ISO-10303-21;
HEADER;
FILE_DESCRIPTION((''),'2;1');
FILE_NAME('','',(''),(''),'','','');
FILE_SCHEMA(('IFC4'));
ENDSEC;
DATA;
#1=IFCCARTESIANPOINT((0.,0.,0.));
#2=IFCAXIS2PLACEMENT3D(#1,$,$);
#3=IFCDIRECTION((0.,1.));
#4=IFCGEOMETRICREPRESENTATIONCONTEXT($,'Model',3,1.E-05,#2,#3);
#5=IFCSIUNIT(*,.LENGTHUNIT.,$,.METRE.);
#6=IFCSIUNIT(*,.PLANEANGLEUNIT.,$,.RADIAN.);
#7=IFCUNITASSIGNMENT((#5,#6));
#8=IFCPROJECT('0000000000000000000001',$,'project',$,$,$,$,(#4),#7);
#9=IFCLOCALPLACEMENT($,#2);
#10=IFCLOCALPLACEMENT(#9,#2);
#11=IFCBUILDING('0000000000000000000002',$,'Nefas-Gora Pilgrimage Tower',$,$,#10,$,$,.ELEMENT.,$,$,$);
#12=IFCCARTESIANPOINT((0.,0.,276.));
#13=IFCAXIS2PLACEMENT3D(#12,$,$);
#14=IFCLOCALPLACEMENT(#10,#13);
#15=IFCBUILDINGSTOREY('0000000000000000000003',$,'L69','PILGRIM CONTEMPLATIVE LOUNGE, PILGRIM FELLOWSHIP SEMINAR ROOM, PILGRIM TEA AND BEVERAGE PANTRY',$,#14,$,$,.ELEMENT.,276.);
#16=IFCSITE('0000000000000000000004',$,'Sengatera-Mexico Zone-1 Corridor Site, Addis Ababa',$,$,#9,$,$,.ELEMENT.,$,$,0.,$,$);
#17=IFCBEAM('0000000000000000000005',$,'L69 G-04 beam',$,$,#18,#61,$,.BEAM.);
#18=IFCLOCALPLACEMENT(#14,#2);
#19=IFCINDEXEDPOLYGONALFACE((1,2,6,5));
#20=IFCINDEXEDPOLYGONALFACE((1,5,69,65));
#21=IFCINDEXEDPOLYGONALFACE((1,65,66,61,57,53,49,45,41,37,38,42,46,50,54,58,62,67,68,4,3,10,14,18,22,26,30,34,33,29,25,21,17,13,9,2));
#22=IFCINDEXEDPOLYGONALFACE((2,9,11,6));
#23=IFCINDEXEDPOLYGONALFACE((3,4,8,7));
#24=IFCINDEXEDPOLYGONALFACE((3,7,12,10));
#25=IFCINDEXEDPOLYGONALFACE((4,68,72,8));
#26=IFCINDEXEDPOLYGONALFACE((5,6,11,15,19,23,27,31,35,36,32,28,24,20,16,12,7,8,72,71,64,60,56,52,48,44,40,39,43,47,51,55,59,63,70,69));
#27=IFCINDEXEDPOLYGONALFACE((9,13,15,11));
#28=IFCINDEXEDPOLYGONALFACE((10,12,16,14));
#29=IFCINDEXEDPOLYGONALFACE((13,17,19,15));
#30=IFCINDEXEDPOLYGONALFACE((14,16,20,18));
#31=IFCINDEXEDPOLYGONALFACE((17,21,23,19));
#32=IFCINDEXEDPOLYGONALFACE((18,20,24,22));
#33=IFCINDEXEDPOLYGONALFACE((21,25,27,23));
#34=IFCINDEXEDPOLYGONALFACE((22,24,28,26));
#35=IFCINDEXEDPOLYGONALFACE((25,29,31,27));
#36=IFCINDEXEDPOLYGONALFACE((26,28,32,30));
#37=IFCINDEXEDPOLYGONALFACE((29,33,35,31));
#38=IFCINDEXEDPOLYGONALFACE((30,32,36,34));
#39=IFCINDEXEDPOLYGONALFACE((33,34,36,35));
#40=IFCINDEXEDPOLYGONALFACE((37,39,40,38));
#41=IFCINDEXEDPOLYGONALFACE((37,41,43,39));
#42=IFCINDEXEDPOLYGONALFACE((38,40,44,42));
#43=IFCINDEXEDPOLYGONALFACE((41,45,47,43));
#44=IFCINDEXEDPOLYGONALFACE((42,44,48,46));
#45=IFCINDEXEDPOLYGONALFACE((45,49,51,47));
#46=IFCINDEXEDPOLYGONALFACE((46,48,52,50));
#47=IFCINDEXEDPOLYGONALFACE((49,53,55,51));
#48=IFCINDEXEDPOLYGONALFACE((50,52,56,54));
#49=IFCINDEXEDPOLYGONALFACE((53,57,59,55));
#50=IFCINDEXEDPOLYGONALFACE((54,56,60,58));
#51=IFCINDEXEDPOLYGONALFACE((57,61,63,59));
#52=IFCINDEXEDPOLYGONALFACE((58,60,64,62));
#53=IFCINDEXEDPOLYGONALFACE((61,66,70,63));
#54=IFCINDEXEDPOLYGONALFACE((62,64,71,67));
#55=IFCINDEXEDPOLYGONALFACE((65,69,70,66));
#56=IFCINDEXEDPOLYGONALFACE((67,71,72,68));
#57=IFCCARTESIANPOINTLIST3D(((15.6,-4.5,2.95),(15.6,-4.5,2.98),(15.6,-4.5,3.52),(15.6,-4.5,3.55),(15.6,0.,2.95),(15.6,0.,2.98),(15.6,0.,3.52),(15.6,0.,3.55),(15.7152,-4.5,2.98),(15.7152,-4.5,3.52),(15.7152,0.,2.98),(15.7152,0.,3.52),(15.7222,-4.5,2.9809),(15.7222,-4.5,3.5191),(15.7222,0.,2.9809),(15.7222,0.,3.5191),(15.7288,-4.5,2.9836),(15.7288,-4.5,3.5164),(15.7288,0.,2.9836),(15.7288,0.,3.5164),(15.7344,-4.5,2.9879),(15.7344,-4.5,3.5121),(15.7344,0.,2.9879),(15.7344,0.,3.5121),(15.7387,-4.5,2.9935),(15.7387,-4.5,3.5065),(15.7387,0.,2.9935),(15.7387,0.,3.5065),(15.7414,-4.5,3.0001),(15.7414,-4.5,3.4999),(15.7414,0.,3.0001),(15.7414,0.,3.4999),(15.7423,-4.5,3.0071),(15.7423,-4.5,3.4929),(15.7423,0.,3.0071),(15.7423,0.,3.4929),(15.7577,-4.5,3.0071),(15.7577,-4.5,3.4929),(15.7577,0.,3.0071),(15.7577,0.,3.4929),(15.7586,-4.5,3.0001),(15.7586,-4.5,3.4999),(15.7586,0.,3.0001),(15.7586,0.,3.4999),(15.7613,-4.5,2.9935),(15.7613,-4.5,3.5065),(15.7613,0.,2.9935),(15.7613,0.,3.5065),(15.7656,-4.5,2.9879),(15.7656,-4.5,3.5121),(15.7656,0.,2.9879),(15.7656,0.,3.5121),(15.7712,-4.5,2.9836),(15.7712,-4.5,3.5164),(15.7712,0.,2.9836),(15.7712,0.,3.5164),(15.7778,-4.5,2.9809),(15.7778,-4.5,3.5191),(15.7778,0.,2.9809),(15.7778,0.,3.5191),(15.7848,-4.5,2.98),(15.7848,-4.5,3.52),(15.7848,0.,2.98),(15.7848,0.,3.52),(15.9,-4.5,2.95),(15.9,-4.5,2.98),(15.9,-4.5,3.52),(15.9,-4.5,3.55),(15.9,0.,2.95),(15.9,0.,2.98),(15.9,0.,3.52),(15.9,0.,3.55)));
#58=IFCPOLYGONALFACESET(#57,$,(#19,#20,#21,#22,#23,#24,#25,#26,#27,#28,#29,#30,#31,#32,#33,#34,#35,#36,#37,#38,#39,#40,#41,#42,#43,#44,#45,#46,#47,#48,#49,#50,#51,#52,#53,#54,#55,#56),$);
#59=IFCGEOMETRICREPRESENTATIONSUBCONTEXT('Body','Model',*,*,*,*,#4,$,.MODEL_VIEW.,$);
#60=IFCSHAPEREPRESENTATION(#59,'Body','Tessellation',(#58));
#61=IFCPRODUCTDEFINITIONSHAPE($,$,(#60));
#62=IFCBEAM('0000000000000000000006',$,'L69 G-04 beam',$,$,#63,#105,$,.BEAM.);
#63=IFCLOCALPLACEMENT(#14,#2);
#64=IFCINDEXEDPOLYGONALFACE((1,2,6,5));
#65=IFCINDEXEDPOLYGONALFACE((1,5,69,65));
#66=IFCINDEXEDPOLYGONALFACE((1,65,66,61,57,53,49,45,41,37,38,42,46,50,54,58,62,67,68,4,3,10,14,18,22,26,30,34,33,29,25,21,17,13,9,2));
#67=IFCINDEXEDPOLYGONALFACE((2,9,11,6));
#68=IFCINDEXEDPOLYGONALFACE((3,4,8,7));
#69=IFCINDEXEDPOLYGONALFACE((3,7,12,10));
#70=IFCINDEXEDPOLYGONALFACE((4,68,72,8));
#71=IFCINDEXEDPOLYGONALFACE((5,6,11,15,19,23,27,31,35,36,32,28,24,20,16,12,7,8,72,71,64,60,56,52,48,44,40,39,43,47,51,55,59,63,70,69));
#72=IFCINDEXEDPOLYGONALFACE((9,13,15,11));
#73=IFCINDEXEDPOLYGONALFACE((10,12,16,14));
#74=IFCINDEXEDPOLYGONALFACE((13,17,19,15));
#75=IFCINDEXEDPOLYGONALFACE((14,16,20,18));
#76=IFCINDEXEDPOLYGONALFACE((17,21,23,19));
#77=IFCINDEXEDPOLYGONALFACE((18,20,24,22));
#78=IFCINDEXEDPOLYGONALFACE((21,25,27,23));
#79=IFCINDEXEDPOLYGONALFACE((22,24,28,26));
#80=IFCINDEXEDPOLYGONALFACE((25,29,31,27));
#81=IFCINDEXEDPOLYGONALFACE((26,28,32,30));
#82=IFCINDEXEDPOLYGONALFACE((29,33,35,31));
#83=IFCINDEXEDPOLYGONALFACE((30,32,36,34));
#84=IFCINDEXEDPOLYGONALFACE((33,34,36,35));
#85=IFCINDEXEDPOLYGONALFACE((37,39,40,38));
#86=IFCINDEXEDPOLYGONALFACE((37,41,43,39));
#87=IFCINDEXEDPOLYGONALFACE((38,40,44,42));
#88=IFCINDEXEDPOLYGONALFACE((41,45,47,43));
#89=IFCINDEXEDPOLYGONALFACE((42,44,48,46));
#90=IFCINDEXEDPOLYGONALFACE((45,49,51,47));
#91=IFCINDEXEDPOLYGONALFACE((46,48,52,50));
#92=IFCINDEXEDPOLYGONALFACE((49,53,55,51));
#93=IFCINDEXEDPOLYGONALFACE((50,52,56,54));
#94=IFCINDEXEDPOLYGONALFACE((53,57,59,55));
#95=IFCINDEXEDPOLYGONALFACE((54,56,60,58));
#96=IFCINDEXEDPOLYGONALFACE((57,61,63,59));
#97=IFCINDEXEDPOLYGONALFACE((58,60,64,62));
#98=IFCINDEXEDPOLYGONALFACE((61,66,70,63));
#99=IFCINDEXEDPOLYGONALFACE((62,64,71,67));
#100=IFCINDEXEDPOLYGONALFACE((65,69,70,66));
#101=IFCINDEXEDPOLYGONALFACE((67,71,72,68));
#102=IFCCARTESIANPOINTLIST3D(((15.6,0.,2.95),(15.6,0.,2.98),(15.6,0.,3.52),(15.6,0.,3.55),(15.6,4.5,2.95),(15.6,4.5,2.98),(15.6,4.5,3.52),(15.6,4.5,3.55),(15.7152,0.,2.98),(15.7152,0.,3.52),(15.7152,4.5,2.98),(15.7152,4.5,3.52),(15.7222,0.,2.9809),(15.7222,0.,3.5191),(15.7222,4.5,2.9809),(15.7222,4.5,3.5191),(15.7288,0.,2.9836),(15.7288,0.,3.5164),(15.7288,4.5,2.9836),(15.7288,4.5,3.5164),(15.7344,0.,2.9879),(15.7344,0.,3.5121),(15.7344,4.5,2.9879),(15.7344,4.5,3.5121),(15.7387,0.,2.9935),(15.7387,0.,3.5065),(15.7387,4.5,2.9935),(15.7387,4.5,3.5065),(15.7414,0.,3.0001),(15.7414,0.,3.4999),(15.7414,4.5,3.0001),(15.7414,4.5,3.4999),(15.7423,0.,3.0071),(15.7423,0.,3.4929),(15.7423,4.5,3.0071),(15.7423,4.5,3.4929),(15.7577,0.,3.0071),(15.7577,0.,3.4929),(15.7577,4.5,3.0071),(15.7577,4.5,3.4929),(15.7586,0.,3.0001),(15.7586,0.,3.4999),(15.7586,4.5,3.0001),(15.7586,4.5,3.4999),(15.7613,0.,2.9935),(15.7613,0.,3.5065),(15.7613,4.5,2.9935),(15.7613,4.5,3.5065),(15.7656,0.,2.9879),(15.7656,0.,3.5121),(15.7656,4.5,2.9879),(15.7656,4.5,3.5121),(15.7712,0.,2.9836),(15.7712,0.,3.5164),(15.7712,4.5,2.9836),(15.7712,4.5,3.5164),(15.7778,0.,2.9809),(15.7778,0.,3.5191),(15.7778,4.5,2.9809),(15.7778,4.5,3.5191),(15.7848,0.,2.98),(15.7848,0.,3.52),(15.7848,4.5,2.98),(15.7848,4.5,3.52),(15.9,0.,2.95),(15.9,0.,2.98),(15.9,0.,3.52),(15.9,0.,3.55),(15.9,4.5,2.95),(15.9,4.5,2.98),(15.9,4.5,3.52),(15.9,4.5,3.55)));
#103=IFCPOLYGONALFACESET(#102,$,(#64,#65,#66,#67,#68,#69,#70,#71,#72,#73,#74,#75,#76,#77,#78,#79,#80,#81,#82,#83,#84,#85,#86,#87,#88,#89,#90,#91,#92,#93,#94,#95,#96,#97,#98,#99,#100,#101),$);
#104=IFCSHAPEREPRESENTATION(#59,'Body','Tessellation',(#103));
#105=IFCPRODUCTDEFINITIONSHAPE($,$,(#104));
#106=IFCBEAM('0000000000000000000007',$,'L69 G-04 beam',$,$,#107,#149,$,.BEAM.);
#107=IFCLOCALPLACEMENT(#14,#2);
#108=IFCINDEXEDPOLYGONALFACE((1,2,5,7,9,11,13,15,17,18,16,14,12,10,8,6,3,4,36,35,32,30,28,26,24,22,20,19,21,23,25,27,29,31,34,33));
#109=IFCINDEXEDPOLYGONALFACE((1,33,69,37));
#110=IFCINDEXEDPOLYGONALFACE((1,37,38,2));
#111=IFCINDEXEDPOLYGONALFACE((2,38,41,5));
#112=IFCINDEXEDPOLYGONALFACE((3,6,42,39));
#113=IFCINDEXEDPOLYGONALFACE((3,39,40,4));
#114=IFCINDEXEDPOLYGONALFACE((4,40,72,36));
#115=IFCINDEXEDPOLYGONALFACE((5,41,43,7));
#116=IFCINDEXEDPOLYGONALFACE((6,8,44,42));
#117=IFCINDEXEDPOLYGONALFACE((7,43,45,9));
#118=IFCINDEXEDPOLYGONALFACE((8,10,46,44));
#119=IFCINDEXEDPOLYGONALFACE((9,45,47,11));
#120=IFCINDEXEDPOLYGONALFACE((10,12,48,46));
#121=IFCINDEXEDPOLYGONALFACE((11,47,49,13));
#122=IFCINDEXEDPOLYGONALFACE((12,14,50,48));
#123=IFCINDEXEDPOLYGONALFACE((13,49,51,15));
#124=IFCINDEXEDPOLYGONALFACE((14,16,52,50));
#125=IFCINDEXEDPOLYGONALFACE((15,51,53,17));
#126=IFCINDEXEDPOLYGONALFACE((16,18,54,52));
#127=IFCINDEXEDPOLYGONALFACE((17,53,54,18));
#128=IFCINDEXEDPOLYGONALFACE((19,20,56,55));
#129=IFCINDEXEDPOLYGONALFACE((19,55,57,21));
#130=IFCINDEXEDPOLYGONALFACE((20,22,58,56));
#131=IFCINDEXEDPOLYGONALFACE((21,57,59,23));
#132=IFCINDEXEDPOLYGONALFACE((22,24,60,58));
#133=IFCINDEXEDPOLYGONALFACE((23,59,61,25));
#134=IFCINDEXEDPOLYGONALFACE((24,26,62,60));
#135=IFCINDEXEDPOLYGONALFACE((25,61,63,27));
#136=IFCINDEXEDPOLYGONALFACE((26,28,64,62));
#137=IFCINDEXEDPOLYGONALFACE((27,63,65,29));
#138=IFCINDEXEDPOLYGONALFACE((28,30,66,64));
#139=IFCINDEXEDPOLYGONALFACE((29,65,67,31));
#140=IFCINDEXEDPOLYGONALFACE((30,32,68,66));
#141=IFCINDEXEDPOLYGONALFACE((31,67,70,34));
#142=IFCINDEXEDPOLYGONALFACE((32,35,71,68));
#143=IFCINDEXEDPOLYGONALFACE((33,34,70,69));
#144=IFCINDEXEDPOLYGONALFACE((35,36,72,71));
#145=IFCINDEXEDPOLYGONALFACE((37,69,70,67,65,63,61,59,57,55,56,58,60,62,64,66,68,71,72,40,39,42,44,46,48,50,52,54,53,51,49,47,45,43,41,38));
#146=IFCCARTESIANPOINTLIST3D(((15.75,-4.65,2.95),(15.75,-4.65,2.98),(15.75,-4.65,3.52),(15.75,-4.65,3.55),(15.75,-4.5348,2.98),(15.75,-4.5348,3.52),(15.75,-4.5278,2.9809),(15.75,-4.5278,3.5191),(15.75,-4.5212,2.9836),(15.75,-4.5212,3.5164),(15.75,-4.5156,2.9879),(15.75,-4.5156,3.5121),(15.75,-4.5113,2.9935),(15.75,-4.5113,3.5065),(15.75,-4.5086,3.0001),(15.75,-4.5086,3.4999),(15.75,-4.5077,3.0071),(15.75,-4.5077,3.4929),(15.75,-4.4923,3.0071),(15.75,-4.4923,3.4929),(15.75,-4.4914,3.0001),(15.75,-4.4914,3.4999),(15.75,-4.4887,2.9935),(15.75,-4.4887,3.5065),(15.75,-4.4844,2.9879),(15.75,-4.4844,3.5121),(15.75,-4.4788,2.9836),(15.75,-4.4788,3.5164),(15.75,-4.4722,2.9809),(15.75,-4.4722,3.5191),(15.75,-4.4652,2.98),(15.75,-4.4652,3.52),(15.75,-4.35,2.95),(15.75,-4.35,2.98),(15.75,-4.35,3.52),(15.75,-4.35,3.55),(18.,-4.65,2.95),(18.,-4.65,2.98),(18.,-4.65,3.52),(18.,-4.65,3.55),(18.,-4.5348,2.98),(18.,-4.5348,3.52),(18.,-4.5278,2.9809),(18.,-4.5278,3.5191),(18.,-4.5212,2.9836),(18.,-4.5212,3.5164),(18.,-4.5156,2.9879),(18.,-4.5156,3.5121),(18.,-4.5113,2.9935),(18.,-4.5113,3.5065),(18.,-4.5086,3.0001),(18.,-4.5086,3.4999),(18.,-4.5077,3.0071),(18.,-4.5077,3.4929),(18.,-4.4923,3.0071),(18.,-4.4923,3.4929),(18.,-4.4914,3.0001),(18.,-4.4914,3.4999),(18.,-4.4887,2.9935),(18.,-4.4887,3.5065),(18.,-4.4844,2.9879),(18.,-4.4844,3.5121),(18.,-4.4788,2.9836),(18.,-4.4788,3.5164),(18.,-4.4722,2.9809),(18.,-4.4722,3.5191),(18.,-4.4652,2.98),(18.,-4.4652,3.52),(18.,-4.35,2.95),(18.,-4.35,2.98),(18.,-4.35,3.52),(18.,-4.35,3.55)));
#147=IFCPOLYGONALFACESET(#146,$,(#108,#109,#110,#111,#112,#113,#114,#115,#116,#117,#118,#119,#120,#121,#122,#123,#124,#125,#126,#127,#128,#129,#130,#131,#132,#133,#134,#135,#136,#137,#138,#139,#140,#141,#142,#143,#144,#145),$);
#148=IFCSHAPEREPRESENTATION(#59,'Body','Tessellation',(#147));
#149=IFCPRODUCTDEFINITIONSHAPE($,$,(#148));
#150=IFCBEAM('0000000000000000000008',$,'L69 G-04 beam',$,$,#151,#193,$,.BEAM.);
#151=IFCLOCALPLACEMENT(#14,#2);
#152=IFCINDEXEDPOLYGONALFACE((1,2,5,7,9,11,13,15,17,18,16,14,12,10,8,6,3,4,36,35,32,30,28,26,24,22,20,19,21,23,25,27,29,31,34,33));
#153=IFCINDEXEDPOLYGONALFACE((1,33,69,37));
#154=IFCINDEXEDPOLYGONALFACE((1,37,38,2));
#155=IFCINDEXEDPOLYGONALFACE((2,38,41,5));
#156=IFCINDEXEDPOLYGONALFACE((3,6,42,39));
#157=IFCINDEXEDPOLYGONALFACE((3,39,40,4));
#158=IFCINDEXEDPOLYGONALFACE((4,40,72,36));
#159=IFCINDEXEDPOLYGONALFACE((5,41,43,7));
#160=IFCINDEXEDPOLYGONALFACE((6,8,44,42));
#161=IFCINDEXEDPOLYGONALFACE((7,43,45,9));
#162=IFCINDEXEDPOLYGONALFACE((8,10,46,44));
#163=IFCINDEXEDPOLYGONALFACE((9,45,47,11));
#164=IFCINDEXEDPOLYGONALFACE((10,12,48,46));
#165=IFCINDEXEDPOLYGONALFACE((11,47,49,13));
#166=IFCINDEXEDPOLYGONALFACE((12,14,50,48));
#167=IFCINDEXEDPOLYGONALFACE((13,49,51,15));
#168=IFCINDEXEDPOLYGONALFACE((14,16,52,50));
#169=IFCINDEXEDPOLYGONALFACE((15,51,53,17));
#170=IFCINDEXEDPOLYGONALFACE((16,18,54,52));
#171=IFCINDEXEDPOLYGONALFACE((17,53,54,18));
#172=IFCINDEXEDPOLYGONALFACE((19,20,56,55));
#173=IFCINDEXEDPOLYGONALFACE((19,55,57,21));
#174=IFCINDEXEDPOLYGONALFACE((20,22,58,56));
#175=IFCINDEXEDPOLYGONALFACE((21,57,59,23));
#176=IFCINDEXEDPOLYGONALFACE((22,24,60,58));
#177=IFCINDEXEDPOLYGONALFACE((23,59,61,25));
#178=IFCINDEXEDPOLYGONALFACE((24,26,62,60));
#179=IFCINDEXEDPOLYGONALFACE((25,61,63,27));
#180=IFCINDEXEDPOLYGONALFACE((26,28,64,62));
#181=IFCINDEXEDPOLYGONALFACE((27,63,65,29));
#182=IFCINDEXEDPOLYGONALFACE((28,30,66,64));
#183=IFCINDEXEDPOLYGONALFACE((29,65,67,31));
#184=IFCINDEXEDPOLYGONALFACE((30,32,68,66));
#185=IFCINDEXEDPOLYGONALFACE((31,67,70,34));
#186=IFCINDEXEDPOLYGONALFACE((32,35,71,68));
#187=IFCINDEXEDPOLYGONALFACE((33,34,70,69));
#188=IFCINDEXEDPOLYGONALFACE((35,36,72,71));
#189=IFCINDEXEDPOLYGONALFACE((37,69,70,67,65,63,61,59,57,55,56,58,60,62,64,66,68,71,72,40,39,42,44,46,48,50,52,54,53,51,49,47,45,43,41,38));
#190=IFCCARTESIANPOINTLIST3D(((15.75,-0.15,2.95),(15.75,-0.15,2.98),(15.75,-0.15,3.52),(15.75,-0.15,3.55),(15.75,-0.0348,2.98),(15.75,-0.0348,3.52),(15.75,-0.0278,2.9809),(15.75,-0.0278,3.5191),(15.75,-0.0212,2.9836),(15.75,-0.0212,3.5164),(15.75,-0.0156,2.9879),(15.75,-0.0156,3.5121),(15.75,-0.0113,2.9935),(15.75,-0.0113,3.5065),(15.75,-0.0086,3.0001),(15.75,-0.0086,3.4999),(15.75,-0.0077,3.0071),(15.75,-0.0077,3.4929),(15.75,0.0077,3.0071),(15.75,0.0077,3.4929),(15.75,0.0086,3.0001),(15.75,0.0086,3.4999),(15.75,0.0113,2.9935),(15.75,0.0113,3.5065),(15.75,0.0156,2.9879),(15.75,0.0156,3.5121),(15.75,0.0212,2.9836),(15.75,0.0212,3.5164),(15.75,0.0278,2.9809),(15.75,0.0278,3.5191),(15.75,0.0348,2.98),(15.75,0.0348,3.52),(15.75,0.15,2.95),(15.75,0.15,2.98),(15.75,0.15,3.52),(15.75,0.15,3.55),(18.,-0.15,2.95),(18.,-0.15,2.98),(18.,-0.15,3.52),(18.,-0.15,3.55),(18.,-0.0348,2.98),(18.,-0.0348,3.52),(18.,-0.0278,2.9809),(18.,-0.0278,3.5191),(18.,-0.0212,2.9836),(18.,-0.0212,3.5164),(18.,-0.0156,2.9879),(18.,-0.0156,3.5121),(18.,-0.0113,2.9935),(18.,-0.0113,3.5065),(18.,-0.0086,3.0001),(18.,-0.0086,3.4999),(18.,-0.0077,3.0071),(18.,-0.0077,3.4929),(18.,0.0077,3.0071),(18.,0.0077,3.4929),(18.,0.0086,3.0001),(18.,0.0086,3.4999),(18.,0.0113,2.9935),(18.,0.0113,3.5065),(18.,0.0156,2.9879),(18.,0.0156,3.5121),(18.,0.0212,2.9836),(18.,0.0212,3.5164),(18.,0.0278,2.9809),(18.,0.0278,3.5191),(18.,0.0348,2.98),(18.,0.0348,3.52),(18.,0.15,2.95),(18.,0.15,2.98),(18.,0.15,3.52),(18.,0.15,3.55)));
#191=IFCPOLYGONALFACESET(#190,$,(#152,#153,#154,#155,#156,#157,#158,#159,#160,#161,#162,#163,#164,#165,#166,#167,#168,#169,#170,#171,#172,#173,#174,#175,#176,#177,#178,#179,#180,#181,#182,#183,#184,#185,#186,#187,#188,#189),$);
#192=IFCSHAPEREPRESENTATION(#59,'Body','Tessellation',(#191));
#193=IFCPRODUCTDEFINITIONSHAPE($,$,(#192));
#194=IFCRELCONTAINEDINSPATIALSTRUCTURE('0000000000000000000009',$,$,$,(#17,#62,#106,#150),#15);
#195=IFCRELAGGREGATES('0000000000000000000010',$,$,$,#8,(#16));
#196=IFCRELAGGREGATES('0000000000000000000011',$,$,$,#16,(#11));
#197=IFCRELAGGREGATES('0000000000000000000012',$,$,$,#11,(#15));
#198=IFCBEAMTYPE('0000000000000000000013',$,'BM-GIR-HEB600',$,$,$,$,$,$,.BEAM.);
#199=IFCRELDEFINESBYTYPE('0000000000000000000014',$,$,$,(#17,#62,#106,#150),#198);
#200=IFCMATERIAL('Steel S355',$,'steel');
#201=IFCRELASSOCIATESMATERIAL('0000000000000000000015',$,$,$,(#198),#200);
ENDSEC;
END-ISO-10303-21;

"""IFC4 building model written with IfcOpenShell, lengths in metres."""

from ifc_helpers import new_model, si_unit, direction, frame, origin, origin_2d, place, context, subcontext, project, spatial, i_section, extrude, source, transform, mapped, material, material_profile, profile_set, type_object, element, save


model = new_model("IFC4")

# Units and contexts
model_context = context("Model", 3, precision=1e-05, world=origin(), true_north=direction((0.0, 1.0)))
body_context = subcontext(model_context, "Body", "Model", "MODEL_VIEW")
ifc_project = project(units=[si_unit("LENGTHUNIT", "METRE"), si_unit("PLANEANGLEUNIT", "RADIAN")], contexts=[model_context])

# Site, building, storey
site_placement = place(None, origin())
site = spatial("IfcSite", under=ifc_project, at=site_placement, Name="Sengatera-Mexico Zone-1 Corridor Site, Addis Ababa", CompositionType="ELEMENT", RefElevation=0.0)
building_placement = place(site_placement, origin())
building = spatial("IfcBuilding", under=site, at=building_placement, Name="Nefas-Gora Pilgrimage Tower", CompositionType="ELEMENT")
storey_placement = place(building_placement, frame((0.0, 0.0, 276.0)))
storey = spatial("IfcBuildingStorey", under=building, at=storey_placement, Name="L69", Description="PILGRIM CONTEMPLATIVE LOUNGE, PILGRIM FELLOWSHIP SEMINAR ROOM, PILGRIM TEA AND BEVERAGE PANTRY", CompositionType="ELEMENT", Elevation=276.0)

# Shared definitions
ifc_material_1 = material(Name="Steel S355", Category="steel")

# Beams
ifc_material_profile_1 = material_profile(ifc_material_1, i_section(OverallWidth=0.3, OverallDepth=0.6001, WebThickness=0.0154, FlangeThickness=0.03, FilletRadius=0.0271, at=origin_2d()), Name="HEB 600")
ifc_profile_set_1 = profile_set([ifc_material_profile_1], Name="Steel S355")
beam_type_1 = type_object("IfcBeamType", Name="BM-GIR-HEB600", PredefinedType="BEAM", material=ifc_profile_set_1)
shared_shape_1 = source(origin(), body_context, "Body", "SweptSolid", [
    extrude(i_section(OverallWidth=0.3, OverallDepth=0.6001, WebThickness=0.0154, FlangeThickness=0.03, FilletRadius=0.0271, at=origin_2d()), origin(), (0.0, 0.0, 1.0), 4.5),
])
for number, where, z_axis, x_axis, name in (
    (1, (15.75, -4.5, 3.25), (0.0, 1.0, 0.0), (-1.0, 0.0, 0.0), "L69 G-04 beam"),
    (2, (15.75, 0.0, 3.25), (0.0, 1.0, 0.0), (-1.0, 0.0, 0.0), "L69 G-04 beam"),
):
    element("IfcBeam", number, at=place(storey_placement, frame(where, z_axis=z_axis, x_axis=x_axis)), inside=storey, type_object=beam_type_1, Name=name, PredefinedType="BEAM", context=body_context, shape_type="MappedRepresentation", body=[
        mapped(shared_shape_1, transform((0.0, 0.0, 0.0), x_axis=(1.0, 0.0, 0.0), y_axis=(0.0, 1.0, 0.0), z_axis=(0.0, 0.0, 1.0), scale=1.0)),
    ])
shared_shape_2 = source(origin(), body_context, "Body", "SweptSolid", [
    extrude(i_section(OverallWidth=0.3, OverallDepth=0.6001, WebThickness=0.0154, FlangeThickness=0.03, FilletRadius=0.0271, at=origin_2d()), origin(), (0.0, 0.0, 1.0), 2.25),
])
for number, where, z_axis, x_axis, name in (
    (3, (15.75, -4.5, 3.25), (1.0, 0.0, 0.0), (0.0, 1.0, 0.0), "L69 G-04 beam"),
    (4, (15.75, 0.0, 3.25), (1.0, 0.0, 0.0), (0.0, 1.0, 0.0), "L69 G-04 beam"),
):
    element("IfcBeam", number, at=place(storey_placement, frame(where, z_axis=z_axis, x_axis=x_axis)), inside=storey, type_object=beam_type_1, Name=name, PredefinedType="BEAM", context=body_context, shape_type="MappedRepresentation", body=[
        mapped(shared_shape_2, transform((0.0, 0.0, 0.0), x_axis=(1.0, 0.0, 0.0), y_axis=(0.0, 1.0, 0.0), z_axis=(0.0, 0.0, 1.0), scale=1.0)),
    ])

save(model, "model.ifc")
